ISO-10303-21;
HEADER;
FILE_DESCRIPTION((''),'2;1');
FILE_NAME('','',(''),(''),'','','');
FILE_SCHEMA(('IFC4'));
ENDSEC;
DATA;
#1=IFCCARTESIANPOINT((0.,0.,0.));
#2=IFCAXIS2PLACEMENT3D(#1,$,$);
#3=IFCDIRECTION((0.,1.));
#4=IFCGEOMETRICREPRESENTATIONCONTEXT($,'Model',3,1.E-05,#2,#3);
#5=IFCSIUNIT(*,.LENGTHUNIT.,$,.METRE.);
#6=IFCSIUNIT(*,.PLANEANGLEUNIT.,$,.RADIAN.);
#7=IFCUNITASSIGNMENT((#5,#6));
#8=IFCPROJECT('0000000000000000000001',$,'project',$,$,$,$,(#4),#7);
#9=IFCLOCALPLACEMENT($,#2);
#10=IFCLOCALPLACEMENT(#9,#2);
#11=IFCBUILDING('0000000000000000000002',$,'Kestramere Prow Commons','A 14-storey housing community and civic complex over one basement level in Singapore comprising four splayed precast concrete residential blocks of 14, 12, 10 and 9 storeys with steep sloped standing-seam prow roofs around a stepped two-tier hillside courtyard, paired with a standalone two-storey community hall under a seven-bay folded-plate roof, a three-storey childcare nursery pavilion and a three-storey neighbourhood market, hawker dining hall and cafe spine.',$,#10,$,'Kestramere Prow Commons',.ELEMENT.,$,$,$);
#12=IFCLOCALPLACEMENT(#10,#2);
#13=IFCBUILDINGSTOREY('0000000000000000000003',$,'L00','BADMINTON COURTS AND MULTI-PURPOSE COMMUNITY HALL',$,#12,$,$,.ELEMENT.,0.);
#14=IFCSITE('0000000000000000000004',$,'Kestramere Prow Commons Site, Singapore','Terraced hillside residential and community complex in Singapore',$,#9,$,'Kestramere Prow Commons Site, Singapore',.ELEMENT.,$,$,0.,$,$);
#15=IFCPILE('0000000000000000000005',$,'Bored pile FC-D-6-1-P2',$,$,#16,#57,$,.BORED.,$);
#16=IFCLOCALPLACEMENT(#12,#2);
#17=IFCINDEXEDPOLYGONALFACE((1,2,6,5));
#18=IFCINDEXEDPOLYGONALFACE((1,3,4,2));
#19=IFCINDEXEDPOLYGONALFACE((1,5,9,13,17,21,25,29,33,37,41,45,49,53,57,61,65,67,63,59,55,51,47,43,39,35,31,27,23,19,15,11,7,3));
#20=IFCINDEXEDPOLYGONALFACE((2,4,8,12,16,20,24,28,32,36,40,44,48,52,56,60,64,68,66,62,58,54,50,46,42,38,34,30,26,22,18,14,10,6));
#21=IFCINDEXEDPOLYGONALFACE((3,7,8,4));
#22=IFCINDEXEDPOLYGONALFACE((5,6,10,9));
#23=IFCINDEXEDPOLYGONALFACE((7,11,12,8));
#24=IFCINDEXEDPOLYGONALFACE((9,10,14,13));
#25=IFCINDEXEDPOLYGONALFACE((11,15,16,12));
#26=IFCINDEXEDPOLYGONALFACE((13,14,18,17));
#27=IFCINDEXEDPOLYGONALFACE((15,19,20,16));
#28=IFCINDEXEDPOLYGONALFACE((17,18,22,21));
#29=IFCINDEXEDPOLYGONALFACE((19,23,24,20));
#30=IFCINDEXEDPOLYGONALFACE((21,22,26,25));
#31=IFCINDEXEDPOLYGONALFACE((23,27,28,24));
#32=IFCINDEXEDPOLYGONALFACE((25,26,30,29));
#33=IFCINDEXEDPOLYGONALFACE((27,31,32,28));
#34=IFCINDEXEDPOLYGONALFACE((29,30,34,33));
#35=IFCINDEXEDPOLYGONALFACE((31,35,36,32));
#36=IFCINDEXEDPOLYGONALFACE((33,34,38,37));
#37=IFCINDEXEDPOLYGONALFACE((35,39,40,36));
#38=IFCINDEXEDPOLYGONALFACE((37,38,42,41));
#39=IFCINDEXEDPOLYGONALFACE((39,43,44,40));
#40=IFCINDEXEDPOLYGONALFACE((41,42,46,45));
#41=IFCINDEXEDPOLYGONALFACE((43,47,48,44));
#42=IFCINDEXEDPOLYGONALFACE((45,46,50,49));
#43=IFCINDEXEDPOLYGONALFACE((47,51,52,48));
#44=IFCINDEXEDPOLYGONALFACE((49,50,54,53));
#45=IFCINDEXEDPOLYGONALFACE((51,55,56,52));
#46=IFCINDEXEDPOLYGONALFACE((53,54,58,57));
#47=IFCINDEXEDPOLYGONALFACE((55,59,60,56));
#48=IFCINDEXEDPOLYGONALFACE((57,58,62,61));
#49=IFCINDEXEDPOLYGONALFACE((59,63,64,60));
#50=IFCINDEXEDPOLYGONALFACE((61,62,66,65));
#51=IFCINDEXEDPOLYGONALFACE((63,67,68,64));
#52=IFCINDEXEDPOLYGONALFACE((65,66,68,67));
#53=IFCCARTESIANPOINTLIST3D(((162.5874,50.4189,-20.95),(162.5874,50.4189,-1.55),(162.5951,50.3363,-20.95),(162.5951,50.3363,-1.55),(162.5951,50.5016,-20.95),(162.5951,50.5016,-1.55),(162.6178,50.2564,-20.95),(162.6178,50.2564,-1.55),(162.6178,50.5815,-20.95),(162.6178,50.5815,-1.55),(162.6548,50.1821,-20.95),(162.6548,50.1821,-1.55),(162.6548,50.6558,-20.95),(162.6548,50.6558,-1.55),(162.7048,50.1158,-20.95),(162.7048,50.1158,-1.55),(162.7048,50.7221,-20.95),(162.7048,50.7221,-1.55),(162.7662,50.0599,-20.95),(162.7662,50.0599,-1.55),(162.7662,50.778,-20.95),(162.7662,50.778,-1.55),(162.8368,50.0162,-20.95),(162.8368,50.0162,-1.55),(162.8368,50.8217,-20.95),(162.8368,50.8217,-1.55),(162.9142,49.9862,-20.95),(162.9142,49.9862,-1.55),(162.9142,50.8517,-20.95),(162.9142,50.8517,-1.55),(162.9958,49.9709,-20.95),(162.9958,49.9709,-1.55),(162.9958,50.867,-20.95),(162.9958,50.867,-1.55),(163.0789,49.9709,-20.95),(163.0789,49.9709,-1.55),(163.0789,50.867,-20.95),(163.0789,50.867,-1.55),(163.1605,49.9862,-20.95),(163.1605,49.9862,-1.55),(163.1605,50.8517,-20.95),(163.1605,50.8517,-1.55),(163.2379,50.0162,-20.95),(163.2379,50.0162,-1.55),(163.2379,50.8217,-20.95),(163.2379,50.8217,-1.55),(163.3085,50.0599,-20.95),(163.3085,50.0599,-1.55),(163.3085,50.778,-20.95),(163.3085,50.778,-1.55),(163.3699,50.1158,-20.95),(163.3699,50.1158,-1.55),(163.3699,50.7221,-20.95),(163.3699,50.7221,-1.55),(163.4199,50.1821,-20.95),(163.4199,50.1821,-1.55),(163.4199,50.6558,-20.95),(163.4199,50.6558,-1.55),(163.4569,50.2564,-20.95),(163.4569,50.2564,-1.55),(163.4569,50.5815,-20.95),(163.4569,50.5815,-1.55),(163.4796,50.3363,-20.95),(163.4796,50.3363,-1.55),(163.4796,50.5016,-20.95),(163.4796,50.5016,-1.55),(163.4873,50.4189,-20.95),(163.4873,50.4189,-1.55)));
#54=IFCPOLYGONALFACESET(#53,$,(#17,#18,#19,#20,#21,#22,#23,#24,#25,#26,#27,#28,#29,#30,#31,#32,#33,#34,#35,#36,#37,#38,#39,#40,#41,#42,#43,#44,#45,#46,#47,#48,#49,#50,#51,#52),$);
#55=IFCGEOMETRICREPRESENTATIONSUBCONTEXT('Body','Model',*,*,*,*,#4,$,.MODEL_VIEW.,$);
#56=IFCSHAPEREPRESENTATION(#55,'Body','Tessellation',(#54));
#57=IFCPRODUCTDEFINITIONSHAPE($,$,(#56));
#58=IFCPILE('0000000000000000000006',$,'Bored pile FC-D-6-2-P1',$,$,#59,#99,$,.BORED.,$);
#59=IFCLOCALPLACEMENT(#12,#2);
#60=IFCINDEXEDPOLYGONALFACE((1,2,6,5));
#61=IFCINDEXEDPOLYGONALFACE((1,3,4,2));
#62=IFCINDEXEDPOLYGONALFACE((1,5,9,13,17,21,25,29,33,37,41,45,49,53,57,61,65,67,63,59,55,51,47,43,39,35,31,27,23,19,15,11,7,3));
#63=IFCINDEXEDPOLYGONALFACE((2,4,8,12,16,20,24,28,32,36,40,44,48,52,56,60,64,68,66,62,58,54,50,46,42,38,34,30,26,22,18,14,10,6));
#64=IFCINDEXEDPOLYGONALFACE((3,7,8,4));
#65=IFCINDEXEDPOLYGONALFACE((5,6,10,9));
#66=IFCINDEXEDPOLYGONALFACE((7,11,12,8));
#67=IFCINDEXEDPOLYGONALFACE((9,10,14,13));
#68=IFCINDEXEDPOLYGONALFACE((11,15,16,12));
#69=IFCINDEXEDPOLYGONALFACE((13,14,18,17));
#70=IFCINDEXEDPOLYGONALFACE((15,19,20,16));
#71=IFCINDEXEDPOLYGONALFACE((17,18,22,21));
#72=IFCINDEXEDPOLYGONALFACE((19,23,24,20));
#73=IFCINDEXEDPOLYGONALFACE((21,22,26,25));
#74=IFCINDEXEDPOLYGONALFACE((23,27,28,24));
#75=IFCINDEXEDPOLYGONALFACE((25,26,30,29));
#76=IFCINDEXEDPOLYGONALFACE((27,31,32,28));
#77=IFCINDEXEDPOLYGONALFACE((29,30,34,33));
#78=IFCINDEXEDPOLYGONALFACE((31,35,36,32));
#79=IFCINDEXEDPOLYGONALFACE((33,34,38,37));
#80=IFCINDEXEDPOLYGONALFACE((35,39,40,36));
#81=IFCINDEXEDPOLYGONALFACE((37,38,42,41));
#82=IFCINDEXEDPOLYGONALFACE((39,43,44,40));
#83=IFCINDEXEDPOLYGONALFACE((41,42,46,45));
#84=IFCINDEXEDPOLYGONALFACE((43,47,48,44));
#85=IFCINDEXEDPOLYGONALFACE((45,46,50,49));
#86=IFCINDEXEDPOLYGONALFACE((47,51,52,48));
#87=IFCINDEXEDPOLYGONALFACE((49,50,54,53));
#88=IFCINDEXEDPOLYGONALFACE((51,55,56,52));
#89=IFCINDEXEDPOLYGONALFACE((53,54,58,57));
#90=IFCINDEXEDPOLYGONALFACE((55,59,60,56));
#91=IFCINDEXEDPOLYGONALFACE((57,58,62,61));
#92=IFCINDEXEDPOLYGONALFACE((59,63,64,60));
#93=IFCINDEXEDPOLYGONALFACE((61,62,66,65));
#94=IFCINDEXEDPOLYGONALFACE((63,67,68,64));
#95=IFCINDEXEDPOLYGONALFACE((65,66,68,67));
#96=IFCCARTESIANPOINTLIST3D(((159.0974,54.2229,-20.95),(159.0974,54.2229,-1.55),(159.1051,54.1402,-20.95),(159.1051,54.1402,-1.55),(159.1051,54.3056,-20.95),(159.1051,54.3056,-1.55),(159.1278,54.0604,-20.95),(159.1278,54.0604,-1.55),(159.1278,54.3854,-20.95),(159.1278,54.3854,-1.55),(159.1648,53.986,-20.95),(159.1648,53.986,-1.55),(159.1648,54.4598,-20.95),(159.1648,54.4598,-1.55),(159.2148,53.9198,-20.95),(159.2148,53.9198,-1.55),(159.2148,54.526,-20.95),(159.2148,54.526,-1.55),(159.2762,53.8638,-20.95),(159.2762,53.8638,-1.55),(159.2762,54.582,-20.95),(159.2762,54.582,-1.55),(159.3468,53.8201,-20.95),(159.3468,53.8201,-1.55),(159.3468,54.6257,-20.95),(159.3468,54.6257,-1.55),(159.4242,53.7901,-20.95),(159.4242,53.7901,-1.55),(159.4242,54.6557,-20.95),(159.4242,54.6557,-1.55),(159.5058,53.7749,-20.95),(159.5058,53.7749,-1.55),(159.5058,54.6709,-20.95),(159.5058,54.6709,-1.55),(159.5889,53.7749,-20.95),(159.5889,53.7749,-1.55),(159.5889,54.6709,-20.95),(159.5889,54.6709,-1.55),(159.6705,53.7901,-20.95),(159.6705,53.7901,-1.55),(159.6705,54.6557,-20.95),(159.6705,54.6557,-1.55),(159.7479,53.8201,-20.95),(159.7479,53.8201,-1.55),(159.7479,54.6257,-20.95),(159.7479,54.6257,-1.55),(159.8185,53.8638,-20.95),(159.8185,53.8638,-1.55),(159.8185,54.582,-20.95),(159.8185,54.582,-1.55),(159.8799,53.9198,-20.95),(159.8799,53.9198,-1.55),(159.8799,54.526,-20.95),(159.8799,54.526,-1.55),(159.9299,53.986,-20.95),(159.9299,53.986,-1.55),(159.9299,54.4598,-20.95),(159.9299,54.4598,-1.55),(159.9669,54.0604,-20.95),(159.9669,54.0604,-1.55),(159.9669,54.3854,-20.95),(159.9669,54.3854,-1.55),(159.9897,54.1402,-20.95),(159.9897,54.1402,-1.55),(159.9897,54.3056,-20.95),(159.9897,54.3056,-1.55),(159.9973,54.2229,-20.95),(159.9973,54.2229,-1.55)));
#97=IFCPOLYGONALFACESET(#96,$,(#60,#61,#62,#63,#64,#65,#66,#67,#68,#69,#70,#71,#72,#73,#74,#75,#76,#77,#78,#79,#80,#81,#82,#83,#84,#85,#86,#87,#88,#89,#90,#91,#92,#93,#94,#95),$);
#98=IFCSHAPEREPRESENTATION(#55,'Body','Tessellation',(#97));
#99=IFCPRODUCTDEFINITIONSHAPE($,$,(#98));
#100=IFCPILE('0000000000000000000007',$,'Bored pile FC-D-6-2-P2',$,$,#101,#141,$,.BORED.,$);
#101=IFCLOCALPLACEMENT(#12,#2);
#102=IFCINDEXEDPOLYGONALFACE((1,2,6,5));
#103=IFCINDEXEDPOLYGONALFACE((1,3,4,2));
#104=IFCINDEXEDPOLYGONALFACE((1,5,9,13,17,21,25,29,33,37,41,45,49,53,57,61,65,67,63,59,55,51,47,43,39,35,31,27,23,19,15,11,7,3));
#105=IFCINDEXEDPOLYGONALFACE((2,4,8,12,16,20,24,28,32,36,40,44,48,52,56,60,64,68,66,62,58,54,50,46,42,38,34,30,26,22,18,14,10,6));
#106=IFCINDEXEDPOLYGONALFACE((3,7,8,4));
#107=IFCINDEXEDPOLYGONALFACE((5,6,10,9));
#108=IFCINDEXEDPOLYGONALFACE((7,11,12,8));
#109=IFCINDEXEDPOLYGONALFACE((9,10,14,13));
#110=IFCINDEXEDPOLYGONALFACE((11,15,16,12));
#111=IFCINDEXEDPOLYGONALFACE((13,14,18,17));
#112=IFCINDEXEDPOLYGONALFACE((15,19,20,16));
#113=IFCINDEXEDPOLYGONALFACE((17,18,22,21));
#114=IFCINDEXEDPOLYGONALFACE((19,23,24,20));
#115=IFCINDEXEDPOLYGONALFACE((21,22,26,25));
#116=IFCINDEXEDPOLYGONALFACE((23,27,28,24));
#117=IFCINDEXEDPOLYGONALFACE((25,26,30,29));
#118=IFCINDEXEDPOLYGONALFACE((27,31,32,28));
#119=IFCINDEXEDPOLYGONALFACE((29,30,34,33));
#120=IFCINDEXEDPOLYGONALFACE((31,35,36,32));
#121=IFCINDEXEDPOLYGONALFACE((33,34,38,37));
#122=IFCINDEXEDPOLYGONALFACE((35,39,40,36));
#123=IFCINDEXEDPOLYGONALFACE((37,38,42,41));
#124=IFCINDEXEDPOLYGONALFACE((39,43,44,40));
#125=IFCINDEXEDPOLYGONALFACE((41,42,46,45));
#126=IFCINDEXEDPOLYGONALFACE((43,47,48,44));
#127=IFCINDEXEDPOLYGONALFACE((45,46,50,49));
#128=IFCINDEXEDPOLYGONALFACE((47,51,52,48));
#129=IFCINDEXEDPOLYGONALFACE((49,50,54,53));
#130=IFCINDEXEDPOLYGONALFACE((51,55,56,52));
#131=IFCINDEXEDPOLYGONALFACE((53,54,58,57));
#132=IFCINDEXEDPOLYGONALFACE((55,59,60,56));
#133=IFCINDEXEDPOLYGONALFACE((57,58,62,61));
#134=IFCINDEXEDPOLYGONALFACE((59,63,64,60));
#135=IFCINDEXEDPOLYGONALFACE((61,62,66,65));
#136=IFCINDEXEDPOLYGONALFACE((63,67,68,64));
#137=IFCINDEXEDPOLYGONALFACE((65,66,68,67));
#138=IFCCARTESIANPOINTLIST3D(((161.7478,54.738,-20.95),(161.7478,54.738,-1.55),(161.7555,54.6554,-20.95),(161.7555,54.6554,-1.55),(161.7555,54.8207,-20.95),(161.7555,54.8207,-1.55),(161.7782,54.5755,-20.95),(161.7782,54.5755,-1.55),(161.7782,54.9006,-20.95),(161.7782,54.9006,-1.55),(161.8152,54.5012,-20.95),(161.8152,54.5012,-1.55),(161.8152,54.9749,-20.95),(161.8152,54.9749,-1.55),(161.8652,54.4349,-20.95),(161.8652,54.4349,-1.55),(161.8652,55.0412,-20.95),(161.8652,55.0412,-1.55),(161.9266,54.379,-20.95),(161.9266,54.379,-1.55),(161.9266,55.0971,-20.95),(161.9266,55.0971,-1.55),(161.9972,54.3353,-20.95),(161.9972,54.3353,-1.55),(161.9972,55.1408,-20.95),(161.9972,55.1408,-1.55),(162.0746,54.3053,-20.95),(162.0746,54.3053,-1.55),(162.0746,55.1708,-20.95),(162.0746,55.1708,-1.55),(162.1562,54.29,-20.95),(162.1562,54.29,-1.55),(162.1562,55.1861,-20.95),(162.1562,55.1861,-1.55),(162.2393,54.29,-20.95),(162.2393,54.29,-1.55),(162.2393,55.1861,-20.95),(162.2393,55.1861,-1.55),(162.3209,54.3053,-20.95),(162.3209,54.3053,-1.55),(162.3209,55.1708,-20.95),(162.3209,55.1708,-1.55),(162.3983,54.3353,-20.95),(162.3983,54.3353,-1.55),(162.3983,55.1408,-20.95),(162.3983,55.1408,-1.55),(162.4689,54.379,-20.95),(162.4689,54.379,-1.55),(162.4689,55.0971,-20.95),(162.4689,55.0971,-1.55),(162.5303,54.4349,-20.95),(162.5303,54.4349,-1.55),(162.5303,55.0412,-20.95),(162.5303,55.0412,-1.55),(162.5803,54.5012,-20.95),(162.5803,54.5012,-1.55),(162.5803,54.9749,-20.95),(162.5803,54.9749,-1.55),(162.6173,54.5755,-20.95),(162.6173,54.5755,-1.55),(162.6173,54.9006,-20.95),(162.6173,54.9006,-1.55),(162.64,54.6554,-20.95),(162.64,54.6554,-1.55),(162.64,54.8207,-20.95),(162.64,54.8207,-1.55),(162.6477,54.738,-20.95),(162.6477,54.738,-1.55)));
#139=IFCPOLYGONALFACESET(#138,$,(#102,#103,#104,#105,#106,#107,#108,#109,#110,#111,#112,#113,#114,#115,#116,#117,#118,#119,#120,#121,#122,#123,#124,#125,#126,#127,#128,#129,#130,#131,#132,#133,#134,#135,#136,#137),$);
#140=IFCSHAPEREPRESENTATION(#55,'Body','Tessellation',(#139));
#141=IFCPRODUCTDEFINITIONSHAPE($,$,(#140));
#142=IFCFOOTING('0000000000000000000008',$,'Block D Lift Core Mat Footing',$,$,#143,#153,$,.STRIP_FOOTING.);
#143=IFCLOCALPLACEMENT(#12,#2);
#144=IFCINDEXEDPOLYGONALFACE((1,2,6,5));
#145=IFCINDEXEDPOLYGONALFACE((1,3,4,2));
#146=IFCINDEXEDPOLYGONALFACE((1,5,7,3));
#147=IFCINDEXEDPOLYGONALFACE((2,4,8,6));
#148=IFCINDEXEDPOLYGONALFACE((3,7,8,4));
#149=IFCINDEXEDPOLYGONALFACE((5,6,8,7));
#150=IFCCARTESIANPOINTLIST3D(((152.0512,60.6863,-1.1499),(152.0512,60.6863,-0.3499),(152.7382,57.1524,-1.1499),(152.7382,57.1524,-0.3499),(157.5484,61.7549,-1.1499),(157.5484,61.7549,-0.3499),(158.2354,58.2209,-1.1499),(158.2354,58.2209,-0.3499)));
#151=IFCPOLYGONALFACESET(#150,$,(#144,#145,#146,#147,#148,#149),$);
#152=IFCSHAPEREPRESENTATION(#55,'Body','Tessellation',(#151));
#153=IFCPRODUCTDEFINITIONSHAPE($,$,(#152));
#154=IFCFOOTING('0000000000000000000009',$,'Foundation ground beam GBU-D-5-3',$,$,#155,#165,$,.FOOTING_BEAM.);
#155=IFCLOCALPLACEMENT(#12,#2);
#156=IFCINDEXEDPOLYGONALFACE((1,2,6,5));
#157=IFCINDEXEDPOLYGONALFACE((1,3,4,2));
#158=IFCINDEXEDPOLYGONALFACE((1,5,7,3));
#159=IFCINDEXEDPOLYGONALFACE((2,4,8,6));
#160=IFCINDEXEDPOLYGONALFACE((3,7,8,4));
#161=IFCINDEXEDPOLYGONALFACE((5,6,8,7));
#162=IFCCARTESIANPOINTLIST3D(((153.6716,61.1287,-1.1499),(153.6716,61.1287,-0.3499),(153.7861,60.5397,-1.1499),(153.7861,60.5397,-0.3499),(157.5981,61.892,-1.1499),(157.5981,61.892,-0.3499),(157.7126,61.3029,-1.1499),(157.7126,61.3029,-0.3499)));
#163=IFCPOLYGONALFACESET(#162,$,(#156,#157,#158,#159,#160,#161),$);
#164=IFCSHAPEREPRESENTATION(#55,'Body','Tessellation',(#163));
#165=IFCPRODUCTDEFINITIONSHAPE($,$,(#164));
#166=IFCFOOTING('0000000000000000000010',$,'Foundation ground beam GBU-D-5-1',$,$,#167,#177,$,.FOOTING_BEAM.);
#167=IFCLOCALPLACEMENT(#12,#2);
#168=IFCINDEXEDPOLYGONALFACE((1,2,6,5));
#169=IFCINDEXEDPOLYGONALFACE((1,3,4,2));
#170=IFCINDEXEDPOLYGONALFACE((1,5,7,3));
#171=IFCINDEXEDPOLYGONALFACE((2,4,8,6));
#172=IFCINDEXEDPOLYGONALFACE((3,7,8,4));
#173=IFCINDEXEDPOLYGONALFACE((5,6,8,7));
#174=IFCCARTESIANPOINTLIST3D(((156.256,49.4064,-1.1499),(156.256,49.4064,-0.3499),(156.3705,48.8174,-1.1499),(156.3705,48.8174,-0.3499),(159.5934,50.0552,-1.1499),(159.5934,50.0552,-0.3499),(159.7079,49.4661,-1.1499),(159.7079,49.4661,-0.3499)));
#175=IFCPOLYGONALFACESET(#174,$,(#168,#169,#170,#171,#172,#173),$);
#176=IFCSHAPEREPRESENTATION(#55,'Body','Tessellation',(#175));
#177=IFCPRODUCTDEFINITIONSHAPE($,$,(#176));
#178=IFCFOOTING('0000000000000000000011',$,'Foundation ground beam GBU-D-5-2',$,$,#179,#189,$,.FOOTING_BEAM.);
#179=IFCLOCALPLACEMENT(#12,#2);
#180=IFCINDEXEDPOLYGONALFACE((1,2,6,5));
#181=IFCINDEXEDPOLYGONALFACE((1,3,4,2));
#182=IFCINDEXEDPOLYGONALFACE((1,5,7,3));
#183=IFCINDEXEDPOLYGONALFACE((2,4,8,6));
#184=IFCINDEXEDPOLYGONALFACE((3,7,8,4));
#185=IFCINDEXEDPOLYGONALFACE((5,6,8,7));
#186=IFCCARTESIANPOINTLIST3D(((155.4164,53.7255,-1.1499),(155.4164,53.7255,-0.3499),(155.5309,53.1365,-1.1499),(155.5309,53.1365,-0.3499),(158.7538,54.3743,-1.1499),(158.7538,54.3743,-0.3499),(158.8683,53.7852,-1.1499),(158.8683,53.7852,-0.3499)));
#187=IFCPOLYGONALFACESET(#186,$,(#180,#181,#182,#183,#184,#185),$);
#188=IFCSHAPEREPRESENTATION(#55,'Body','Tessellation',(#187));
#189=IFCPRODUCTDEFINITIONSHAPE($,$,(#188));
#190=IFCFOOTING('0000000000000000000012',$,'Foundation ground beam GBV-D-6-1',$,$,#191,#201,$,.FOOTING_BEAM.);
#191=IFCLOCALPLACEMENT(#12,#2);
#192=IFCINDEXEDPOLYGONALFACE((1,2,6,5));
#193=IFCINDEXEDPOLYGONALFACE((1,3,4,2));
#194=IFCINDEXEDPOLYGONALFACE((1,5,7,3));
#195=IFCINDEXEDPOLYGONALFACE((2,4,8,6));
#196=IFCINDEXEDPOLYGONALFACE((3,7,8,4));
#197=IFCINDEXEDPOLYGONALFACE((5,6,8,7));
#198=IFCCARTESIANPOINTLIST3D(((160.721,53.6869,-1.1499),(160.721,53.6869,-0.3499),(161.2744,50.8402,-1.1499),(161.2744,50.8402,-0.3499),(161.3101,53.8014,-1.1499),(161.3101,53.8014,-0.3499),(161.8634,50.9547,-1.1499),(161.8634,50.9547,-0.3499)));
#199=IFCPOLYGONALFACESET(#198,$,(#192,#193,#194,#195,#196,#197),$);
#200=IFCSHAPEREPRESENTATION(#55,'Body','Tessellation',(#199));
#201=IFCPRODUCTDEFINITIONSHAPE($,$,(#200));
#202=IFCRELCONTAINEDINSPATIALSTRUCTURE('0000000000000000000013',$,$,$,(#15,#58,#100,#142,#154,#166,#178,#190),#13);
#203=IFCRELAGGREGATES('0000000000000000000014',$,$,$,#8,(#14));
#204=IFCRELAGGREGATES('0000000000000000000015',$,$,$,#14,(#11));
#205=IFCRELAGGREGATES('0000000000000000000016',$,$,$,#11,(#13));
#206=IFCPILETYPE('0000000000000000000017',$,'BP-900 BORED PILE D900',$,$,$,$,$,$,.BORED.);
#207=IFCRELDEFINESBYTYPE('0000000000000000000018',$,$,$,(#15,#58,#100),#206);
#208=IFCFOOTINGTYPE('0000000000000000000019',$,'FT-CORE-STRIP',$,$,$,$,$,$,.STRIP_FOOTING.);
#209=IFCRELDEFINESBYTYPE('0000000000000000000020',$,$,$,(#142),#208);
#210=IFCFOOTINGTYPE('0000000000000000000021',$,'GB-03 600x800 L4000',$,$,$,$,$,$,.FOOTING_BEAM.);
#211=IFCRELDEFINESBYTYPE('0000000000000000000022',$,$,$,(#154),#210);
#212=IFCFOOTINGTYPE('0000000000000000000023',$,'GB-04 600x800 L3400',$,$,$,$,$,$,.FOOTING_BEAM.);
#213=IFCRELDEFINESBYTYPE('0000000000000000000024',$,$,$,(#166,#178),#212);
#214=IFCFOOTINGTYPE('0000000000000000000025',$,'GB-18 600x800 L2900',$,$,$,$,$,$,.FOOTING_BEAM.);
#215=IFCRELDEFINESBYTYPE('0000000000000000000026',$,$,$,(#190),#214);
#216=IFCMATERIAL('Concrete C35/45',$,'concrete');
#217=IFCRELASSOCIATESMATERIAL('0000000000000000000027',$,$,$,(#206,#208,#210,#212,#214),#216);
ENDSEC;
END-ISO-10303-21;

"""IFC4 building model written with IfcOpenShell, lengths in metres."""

from ifc_helpers import new_model, si_unit, direction, frame, origin, origin_2d, place, context, subcontext, project, spatial, rectangle, circle, extrude, material, material_profile, profile_set, type_object, element, save


model = new_model("IFC4")

# Units and contexts
model_context = context("Model", 3, precision=1e-05, world=origin(), true_north=direction((0.0, 1.0)))
body_context = subcontext(model_context, "Body", "Model", "MODEL_VIEW")
ifc_project = project(units=[si_unit("LENGTHUNIT", "METRE"), si_unit("PLANEANGLEUNIT", "RADIAN")], contexts=[model_context])

# Site, building, storey
site_placement = place(None, origin())
site = spatial("IfcSite", under=ifc_project, at=site_placement, Name="Kestramere Prow Commons Site, Singapore", Description="Terraced hillside residential and community complex in Singapore", LongName="Kestramere Prow Commons Site, Singapore", CompositionType="ELEMENT", RefElevation=0.0)
building_placement = place(site_placement, origin())
building = spatial("IfcBuilding", under=site, at=building_placement, Name="Kestramere Prow Commons", Description="A 14-storey housing community and civic complex over one basement level in Singapore comprising four splayed precast concrete residential blocks of 14, 12, 10 and 9 storeys with steep sloped standing-seam prow roofs around a stepped two-tier hillside courtyard, paired with a standalone two-storey community hall under a seven-bay folded-plate roof, a three-storey childcare nursery pavilion and a three-storey neighbourhood market, hawker dining hall and cafe spine.", LongName="Kestramere Prow Commons", CompositionType="ELEMENT")
storey_placement = place(building_placement, origin())
storey = spatial("IfcBuildingStorey", under=building, at=storey_placement, Name="L00", Description="BADMINTON COURTS AND MULTI-PURPOSE COMMUNITY HALL", CompositionType="ELEMENT", Elevation=0.0)

# Piles
ifc_material_1 = material(Name="Concrete C35/45", Category="concrete")
ifc_material_profile_1 = material_profile(ifc_material_1, circle(Radius=0.45, at=origin_2d()), Name="BORED PILE D900")
ifc_profile_set_1 = profile_set([ifc_material_profile_1], Name="Concrete C35/45")
pile_type_1 = type_object("IfcPileType", Name="BP-900 BORED PILE D900", PredefinedType="BORED", material=ifc_profile_set_1)
for number, where, z_axis, x_axis, name in (
    (1, (163.0374, 50.4189, -1.55), (0.0, 0.0, -1.0), (1.0, 0.0, 0.0), "Bored pile FC-D-6-1-P2"),
    (2, (159.5474, 54.2229, -1.55), (0.0, 0.0, -1.0), (1.0, 0.0, 0.0), "Bored pile FC-D-6-2-P1"),
    (3, (162.1978, 54.738, -1.55), (0.0, 0.0, -1.0), (1.0, 0.0, 0.0), "Bored pile FC-D-6-2-P2"),
):
    element("IfcPile", number, at=place(storey_placement, frame(where, z_axis=z_axis, x_axis=x_axis)), inside=storey, type_object=pile_type_1, Name=name, PredefinedType="BORED", context=body_context, shape_type="SweptSolid", body=[
        extrude(circle(Radius=0.45, at=origin_2d()), origin(), (0.0, 0.0, 1.0), 19.3999),
    ])

# Footings
footing_type_1 = type_object("IfcFootingType", Name="FT-CORE-STRIP", PredefinedType="STRIP_FOOTING", material=ifc_material_1)
footing_1_placement = place(storey_placement, frame((155.1433, 59.4536, -1.1499), z_axis=(0.0, 0.0, 1.0), x_axis=(0.981627, 0.190809, 0.0)))
element("IfcFooting", 4, at=footing_1_placement, inside=storey, type_object=footing_type_1, Name="Block D Lift Core Mat Footing", PredefinedType="STRIP_FOOTING", context=body_context, shape_type="SweptSolid", body=[
    extrude(rectangle(XDim=5.6001, YDim=3.6001, at=origin_2d()), origin(), (0.0, 0.0, 1.0), 0.8),
])
footing_type_2 = type_object("IfcFootingType", Name="GB-03 600x800 L4000", PredefinedType="FOOTING_BEAM", material=ifc_material_1)
footing_2_placement = place(storey_placement, frame((155.6921, 61.2158, -1.1499), z_axis=(0.0, 0.0, 1.0), x_axis=(0.981627, 0.190809, 0.0)))
element("IfcFooting", 5, at=footing_2_placement, inside=storey, type_object=footing_type_2, Name="Foundation ground beam GBU-D-5-3", PredefinedType="FOOTING_BEAM", context=body_context, shape_type="SweptSolid", body=[
    extrude(rectangle(XDim=4.0, YDim=0.6001, at=origin_2d()), origin(), (0.0, 0.0, 1.0), 0.8),
])
footing_type_3 = type_object("IfcFootingType", Name="GB-04 600x800 L3400", PredefinedType="FOOTING_BEAM", material=ifc_material_1)
for number, where, z_axis, x_axis, name in (
    (6, (157.9819, 49.4363, -1.1499), (0.0, 0.0, 1.0), (0.981627, 0.190809, 0.0), "Foundation ground beam GBU-D-5-1"),
    (7, (157.1423, 53.7554, -1.1499), (0.0, 0.0, 1.0), (0.981627, 0.190809, 0.0), "Foundation ground beam GBU-D-5-2"),
):
    element("IfcFooting", number, at=place(storey_placement, frame(where, z_axis=z_axis, x_axis=x_axis)), inside=storey, type_object=footing_type_3, Name=name, PredefinedType="FOOTING_BEAM", context=body_context, shape_type="SweptSolid", body=[
        extrude(rectangle(XDim=3.3999, YDim=0.6001, at=origin_2d()), origin(), (0.0, 0.0, 1.0), 0.8),
    ])
footing_type_4 = type_object("IfcFootingType", Name="GB-18 600x800 L2900", PredefinedType="FOOTING_BEAM", material=ifc_material_1)
footing_3_placement = place(storey_placement, frame((161.2922, 52.3208, -1.1499), z_axis=(0.0, 0.0, 1.0), x_axis=(-0.190809, 0.981627, 0.0)))
element("IfcFooting", 8, at=footing_3_placement, inside=storey, type_object=footing_type_4, Name="Foundation ground beam GBV-D-6-1", PredefinedType="FOOTING_BEAM", context=body_context, shape_type="SweptSolid", body=[
    extrude(rectangle(XDim=2.8999, YDim=0.6001, at=origin_2d()), origin(), (0.0, 0.0, 1.0), 0.8),
])

save(model, "model.ifc")
